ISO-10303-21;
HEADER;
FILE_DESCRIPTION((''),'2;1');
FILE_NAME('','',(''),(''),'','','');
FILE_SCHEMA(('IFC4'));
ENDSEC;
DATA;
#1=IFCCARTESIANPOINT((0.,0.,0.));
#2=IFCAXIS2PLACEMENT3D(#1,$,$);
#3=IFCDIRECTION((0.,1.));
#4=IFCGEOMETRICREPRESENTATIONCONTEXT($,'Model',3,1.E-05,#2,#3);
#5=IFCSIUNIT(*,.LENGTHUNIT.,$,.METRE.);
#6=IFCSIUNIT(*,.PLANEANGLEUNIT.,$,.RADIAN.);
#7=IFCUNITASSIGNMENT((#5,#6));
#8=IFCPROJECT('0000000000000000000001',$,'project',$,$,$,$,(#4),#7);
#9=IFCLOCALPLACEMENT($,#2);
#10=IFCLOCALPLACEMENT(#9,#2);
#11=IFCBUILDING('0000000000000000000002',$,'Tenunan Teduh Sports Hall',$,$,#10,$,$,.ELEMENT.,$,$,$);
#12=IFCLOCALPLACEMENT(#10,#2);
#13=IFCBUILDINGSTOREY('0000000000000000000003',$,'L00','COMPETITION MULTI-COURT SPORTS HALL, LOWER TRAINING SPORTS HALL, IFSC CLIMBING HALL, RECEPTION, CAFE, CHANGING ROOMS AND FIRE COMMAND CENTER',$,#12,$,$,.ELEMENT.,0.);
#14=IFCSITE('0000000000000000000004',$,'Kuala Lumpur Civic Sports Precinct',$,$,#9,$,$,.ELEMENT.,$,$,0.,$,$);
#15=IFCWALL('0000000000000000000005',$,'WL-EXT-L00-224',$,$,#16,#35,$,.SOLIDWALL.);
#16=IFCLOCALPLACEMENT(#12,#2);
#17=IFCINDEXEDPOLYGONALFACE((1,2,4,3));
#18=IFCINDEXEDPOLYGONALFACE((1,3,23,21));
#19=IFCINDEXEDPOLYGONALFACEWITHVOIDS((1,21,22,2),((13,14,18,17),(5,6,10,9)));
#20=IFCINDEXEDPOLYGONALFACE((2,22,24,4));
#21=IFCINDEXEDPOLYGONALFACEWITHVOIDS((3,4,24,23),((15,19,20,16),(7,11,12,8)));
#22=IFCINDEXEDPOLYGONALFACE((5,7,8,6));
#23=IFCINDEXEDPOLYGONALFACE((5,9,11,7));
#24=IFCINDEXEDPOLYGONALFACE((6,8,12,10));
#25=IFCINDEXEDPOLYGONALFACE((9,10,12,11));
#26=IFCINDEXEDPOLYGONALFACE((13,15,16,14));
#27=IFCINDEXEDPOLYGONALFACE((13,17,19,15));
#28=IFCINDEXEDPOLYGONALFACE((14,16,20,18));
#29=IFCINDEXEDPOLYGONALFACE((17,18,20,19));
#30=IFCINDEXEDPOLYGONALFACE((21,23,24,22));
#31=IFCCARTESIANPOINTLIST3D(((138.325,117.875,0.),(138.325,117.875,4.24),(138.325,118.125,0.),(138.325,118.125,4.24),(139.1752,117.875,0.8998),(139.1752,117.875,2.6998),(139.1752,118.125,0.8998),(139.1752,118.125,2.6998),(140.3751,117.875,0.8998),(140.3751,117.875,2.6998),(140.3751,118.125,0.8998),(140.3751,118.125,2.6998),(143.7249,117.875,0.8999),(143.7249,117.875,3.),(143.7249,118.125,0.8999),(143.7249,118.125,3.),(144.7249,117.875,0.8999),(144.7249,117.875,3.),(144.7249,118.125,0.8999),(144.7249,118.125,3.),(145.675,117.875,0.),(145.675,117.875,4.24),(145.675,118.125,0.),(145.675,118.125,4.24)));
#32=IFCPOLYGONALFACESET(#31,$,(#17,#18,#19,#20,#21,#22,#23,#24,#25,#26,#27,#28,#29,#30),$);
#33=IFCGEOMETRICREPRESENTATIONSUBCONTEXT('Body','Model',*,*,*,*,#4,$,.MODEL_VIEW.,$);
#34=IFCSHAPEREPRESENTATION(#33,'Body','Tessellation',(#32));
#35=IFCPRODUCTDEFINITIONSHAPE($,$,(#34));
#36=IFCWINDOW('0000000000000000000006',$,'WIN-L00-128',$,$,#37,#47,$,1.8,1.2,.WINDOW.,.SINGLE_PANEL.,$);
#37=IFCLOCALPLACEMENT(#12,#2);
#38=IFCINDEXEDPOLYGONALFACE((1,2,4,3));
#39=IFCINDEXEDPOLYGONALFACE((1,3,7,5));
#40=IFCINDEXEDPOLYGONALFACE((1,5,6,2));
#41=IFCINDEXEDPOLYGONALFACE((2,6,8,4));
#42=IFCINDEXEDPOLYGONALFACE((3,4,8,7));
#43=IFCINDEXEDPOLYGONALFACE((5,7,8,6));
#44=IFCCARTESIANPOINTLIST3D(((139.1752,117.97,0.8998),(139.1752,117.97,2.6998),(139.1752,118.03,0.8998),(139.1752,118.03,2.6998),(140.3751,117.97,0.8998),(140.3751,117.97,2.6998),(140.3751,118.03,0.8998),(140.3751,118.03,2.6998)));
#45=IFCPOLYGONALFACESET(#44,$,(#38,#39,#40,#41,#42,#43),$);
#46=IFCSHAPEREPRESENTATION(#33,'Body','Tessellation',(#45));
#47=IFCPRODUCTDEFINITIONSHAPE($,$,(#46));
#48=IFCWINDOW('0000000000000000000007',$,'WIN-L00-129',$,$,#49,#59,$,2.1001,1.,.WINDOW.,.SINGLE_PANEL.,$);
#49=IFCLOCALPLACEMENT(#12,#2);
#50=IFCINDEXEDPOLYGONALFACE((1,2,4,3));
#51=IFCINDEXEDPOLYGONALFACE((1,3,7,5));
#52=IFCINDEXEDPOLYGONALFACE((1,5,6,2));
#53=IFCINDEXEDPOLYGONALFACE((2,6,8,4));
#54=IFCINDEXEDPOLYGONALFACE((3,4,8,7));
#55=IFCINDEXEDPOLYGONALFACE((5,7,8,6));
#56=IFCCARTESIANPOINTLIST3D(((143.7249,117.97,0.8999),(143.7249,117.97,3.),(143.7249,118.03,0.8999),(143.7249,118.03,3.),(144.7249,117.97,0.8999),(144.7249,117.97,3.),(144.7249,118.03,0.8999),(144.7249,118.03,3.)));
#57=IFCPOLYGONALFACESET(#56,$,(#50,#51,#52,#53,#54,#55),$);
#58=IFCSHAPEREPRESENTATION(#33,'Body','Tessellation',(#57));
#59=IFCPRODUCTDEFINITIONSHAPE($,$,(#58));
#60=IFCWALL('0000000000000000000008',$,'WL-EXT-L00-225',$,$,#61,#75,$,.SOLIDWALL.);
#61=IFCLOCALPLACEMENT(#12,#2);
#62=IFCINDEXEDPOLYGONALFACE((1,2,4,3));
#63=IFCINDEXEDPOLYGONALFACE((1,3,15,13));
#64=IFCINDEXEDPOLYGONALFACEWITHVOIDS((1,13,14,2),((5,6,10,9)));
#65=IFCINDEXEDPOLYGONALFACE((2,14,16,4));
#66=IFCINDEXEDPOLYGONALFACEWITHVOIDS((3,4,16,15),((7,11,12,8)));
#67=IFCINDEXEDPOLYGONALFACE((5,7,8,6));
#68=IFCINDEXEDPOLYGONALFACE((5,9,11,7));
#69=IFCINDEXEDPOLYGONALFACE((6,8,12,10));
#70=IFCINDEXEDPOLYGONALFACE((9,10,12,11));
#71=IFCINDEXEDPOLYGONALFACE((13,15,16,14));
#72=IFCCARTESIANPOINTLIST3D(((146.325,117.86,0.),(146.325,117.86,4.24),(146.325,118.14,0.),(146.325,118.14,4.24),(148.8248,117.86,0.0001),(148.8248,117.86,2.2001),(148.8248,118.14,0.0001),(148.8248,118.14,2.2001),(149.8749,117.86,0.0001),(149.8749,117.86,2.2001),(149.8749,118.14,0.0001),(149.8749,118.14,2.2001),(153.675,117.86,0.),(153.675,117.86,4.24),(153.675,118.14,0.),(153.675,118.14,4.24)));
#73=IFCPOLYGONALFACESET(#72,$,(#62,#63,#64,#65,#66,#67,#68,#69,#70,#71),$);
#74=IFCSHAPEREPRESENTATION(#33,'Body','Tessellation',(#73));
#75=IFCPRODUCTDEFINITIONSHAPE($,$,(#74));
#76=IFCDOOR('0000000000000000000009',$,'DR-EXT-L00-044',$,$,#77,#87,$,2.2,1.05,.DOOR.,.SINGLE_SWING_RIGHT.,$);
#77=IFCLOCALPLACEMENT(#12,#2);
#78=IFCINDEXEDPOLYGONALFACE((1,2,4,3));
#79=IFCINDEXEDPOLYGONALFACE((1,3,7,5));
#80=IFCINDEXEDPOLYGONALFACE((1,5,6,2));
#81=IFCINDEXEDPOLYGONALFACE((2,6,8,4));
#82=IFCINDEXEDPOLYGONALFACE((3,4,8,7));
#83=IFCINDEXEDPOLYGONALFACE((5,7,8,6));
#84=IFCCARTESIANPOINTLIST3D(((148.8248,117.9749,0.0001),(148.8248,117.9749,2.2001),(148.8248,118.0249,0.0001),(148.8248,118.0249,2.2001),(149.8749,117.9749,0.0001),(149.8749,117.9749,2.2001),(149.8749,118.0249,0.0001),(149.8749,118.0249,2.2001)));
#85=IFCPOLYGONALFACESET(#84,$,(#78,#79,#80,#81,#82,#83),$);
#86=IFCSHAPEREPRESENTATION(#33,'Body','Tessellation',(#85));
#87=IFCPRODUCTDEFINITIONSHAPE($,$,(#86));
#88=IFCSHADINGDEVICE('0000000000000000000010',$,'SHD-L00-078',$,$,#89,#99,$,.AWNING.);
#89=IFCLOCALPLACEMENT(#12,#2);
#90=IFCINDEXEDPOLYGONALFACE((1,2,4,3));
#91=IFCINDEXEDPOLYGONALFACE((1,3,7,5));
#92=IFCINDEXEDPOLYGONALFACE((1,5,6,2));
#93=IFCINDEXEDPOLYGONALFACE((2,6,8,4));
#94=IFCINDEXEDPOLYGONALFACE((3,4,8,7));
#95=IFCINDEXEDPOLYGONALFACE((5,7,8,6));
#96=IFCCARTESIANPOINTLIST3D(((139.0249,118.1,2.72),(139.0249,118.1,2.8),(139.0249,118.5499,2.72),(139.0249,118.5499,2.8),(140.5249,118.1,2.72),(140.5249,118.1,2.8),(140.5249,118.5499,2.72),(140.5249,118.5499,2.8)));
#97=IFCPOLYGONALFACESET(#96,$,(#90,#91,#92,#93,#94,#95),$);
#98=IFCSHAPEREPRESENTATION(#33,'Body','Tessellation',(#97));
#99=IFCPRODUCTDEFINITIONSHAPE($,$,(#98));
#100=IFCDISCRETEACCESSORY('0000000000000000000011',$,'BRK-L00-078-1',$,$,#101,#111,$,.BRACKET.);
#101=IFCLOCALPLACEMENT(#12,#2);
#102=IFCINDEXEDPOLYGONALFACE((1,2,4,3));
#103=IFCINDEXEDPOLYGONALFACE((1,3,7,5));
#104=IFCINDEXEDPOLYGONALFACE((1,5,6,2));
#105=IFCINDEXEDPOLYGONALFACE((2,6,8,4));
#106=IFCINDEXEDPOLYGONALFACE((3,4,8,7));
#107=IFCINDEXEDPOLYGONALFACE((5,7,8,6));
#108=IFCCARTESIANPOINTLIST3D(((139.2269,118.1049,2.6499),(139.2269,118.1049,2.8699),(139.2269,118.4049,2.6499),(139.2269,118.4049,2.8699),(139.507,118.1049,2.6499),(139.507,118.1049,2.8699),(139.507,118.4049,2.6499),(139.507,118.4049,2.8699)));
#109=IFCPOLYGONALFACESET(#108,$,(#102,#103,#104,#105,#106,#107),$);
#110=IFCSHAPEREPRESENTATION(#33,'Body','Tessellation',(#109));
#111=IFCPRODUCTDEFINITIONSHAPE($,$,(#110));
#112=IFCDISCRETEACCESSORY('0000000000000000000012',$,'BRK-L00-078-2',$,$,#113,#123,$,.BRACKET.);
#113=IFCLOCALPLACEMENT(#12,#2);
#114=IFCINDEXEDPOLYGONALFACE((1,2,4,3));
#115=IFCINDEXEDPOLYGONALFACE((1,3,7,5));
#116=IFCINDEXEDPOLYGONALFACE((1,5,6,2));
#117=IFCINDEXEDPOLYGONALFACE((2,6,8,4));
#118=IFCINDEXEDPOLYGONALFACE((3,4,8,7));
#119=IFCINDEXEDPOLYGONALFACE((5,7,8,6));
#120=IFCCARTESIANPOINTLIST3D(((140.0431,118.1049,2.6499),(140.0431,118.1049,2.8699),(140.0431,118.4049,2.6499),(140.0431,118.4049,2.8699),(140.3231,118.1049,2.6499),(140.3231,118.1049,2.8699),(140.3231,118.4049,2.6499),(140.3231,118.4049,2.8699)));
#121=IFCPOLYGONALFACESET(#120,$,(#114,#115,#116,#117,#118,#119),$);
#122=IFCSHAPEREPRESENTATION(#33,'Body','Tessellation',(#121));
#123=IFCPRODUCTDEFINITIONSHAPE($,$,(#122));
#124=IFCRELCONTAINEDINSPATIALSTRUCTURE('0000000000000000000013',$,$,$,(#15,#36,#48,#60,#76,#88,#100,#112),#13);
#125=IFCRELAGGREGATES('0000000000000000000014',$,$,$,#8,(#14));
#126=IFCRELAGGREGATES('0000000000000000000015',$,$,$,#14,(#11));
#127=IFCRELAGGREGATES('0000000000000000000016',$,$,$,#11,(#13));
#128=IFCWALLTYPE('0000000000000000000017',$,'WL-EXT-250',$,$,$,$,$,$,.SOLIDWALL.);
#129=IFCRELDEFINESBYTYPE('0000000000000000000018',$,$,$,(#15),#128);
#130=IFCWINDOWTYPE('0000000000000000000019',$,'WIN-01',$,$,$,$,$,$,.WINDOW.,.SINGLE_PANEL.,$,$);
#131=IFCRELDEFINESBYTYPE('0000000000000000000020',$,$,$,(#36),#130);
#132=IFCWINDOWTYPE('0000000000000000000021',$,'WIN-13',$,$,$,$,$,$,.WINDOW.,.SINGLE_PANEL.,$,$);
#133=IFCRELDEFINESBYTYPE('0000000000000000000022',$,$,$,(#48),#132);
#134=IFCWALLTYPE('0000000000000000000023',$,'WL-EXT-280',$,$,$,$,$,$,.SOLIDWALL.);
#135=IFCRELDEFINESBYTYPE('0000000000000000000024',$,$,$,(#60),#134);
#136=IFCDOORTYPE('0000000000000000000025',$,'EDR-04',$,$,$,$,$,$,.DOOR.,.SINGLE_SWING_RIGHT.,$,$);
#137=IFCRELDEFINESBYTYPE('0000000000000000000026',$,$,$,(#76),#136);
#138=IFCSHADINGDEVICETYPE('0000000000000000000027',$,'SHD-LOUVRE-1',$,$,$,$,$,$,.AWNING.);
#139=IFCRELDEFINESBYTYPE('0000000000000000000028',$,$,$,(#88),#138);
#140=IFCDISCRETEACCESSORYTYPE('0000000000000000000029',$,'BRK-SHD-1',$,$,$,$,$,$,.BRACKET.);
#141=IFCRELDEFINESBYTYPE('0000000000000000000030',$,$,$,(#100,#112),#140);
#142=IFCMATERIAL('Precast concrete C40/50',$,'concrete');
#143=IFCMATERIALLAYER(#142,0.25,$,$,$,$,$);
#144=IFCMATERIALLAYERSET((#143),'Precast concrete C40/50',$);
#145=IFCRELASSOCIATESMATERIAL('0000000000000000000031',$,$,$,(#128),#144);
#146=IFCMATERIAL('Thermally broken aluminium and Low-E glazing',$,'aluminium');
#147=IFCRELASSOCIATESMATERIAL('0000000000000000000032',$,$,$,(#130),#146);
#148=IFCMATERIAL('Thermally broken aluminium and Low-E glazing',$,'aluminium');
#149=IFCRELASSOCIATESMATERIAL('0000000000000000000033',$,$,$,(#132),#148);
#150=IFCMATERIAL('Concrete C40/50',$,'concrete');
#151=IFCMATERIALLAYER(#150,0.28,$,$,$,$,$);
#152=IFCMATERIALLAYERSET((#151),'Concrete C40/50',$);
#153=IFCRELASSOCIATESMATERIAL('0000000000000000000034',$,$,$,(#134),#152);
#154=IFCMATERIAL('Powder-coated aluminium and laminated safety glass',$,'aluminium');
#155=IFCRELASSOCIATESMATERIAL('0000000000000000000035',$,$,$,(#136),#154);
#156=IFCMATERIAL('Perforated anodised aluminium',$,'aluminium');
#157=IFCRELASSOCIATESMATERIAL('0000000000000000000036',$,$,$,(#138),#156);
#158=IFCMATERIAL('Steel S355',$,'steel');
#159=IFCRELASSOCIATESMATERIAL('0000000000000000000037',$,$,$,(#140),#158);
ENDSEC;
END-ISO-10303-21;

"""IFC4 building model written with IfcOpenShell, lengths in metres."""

from ifc_helpers import new_model, si_unit, direction, frame, frame_2d, origin, origin_2d, place, context, subcontext, project, spatial, rectangle, extrude, material, layer, layer_set, type_object, element, fill, save


model = new_model("IFC4")

# Units and contexts
model_context = context("Model", 3, precision=1e-05, world=origin(), true_north=direction((0.0, 1.0)))
body_context = subcontext(model_context, "Body", "Model", "MODEL_VIEW")
ifc_project = project(units=[si_unit("LENGTHUNIT", "METRE"), si_unit("PLANEANGLEUNIT", "RADIAN")], contexts=[model_context])

# Site, building, storey
site_placement = place(None, origin())
site = spatial("IfcSite", under=ifc_project, at=site_placement, Name="Kuala Lumpur Civic Sports Precinct", CompositionType="ELEMENT", RefElevation=0.0)
building_placement = place(site_placement, origin())
building = spatial("IfcBuilding", under=site, at=building_placement, Name="Tenunan Teduh Sports Hall", CompositionType="ELEMENT")
storey_placement = place(building_placement, origin())
storey = spatial("IfcBuildingStorey", under=building, at=storey_placement, Name="L00", Description="COMPETITION MULTI-COURT SPORTS HALL, LOWER TRAINING SPORTS HALL, IFSC CLIMBING HALL, RECEPTION, CAFE, CHANGING ROOMS AND FIRE COMMAND CENTER", CompositionType="ELEMENT", Elevation=0.0)

# Wall, openings, windows
ifc_material_1 = material(Name="Precast concrete C40/50", Category="concrete")
ifc_layer_1 = layer(ifc_material_1, 0.25)
ifc_layer_set_1 = layer_set([ifc_layer_1], Name="Precast concrete C40/50")
wall_type_1 = type_object("IfcWallType", Name="WL-EXT-250", PredefinedType="SOLIDWALL", material=ifc_layer_set_1)
wall_1_placement = place(storey_placement, frame((138.325, 118.0, 0.0), z_axis=(0.0, 0.0, 1.0), x_axis=(1.0, 0.0, 0.0)))
wall_1 = element("IfcWall", 1, at=wall_1_placement, inside=storey, type_object=wall_type_1, Name="WL-EXT-L00-224", PredefinedType="SOLIDWALL", context=body_context, shape_type="SweptSolid", body=[
    extrude(rectangle(XDim=7.3501, YDim=0.25, at=frame_2d((3.675, 0.0))), origin(), (0.0, 0.0, 1.0), 4.24),
])
opening_1_placement = place(wall_1_placement, frame((0.8501, 0.0, 0.8999)))
opening_1 = element("IfcOpeningElement", 2, at=opening_1_placement, cuts=wall_1, PredefinedType="OPENING", context=body_context, shape_type="SweptSolid", body=[
    extrude(rectangle(XDim=1.2, YDim=1.8, at=frame_2d((0.6001, 0.8999))), frame((0.0, 0.135, 0.0), z_axis=(0.0, -1.0, 0.0), x_axis=(1.0, 0.0, 0.0)), (0.0, 0.0, 1.0), 0.27),
])
opening_2_placement = place(wall_1_placement, frame((5.3999, 0.0, 0.8999)))
opening_2 = element("IfcOpeningElement", 3, at=opening_2_placement, cuts=wall_1, PredefinedType="OPENING", context=body_context, shape_type="SweptSolid", body=[
    extrude(rectangle(XDim=1.0, YDim=2.1001, at=frame_2d((0.5, 1.05))), frame((0.0, 0.135, 0.0), z_axis=(0.0, -1.0, 0.0), x_axis=(1.0, 0.0, 0.0)), (0.0, 0.0, 1.0), 0.27),
])
ifc_material_2 = material(Name="Thermally broken aluminium and Low-E glazing", Category="aluminium")
window_type_1 = type_object("IfcWindowType", Name="WIN-01", PartitioningType="SINGLE_PANEL", PredefinedType="WINDOW", material=ifc_material_2)
window_1_placement = place(opening_1_placement, origin())
window_1 = element("IfcWindow", 4, at=window_1_placement, inside=storey, type_object=window_type_1, Name="WIN-L00-128", OverallHeight=1.8, OverallWidth=1.2, PartitioningType="SINGLE_PANEL", PredefinedType="WINDOW", context=body_context, shape_type="SweptSolid", body=[
    extrude(rectangle(XDim=1.2, YDim=1.8, at=frame_2d((0.6001, 0.8999))), frame((0.0, 0.03, 0.0), z_axis=(0.0, -1.0, 0.0), x_axis=(1.0, 0.0, 0.0)), (0.0, 0.0, 1.0), 0.0601),
])
fill(opening_1, window_1)
ifc_material_3 = material(Name="Thermally broken aluminium and Low-E glazing", Category="aluminium")
window_type_2 = type_object("IfcWindowType", Name="WIN-13", PartitioningType="SINGLE_PANEL", PredefinedType="WINDOW", material=ifc_material_3)
window_2_placement = place(opening_2_placement, origin())
window_2 = element("IfcWindow", 5, at=window_2_placement, inside=storey, type_object=window_type_2, Name="WIN-L00-129", OverallHeight=2.1001, OverallWidth=1.0, PartitioningType="SINGLE_PANEL", PredefinedType="WINDOW", context=body_context, shape_type="SweptSolid", body=[
    extrude(rectangle(XDim=1.0, YDim=2.1001, at=frame_2d((0.5, 1.05))), frame((0.0, 0.03, 0.0), z_axis=(0.0, -1.0, 0.0), x_axis=(1.0, 0.0, 0.0)), (0.0, 0.0, 1.0), 0.0601),
])
fill(opening_2, window_2)

# Wall, opening, door
ifc_material_4 = material(Name="Concrete C40/50", Category="concrete")
ifc_layer_2 = layer(ifc_material_4, 0.28)
ifc_layer_set_2 = layer_set([ifc_layer_2], Name="Concrete C40/50")
wall_type_2 = type_object("IfcWallType", Name="WL-EXT-280", PredefinedType="SOLIDWALL", material=ifc_layer_set_2)
wall_2_placement = place(storey_placement, frame((146.325, 118.0, 0.0), z_axis=(0.0, 0.0, 1.0), x_axis=(1.0, 0.0, 0.0)))
wall_2 = element("IfcWall", 6, at=wall_2_placement, inside=storey, type_object=wall_type_2, Name="WL-EXT-L00-225", PredefinedType="SOLIDWALL", context=body_context, shape_type="SweptSolid", body=[
    extrude(rectangle(XDim=7.3501, YDim=0.28, at=frame_2d((3.675, 0.0))), origin(), (0.0, 0.0, 1.0), 4.24),
])
opening_3_placement = place(wall_2_placement, frame((2.5, 0.0, 0.0)))
opening_3 = element("IfcOpeningElement", 7, at=opening_3_placement, cuts=wall_2, PredefinedType="OPENING", context=body_context, shape_type="SweptSolid", body=[
    extrude(rectangle(XDim=1.05, YDim=2.2, at=frame_2d((0.5249, 1.1001))), frame((0.0, 0.1499, 0.0), z_axis=(0.0, -1.0, 0.0), x_axis=(1.0, 0.0, 0.0)), (0.0, 0.0, 1.0), 0.3),
])
ifc_material_5 = material(Name="Powder-coated aluminium and laminated safety glass", Category="aluminium")
door_type = type_object("IfcDoorType", Name="EDR-04", OperationType="SINGLE_SWING_RIGHT", PredefinedType="DOOR", material=ifc_material_5)
door_placement = place(opening_3_placement, origin())
door = element("IfcDoor", 8, at=door_placement, inside=storey, type_object=door_type, Name="DR-EXT-L00-044", OperationType="SINGLE_SWING_RIGHT", OverallHeight=2.2, OverallWidth=1.05, PredefinedType="DOOR", context=body_context, shape_type="SweptSolid", body=[
    extrude(rectangle(XDim=1.05, YDim=2.2, at=frame_2d((0.5249, 1.1001))), frame((0.0, 0.0249, 0.0), z_axis=(0.0, -1.0, 0.0), x_axis=(1.0, 0.0, 0.0)), (0.0, 0.0, 1.0), 0.05),
])
fill(opening_3, door)

# Shading device
ifc_material_6 = material(Name="Perforated anodised aluminium", Category="aluminium")
shading_device_type = type_object("IfcShadingDeviceType", Name="SHD-LOUVRE-1", PredefinedType="AWNING", material=ifc_material_6)
shading_device_placement = place(storey_placement, frame((139.7749, 118.325, 2.72), z_axis=(0.0, 0.0, 1.0), x_axis=(1.0, 0.0, 0.0)))
element("IfcShadingDevice", 9, at=shading_device_placement, inside=storey, type_object=shading_device_type, Name="SHD-L00-078", PredefinedType="AWNING", context=body_context, shape_type="SweptSolid", body=[
    extrude(rectangle(XDim=1.5, YDim=0.45, at=origin_2d()), origin(), (0.0, 0.0, 1.0), 0.0801),
])

# Discrete accessories
ifc_material_7 = material(Name="Steel S355", Category="steel")
discrete_accessory_type = type_object("IfcDiscreteAccessoryType", Name="BRK-SHD-1", PredefinedType="BRACKET", material=ifc_material_7)
for number, where, z_axis, x_axis, name in (
    (10, (139.3669, 118.2549, 2.6499), (0.0, 0.0, 1.0), (1.0, 0.0, 0.0), "BRK-L00-078-1"),
    (11, (140.1831, 118.2549, 2.6499), (0.0, 0.0, 1.0), (1.0, 0.0, 0.0), "BRK-L00-078-2"),
):
    element("IfcDiscreteAccessory", number, at=place(storey_placement, frame(where, z_axis=z_axis, x_axis=x_axis)), inside=storey, type_object=discrete_accessory_type, Name=name, PredefinedType="BRACKET", context=body_context, shape_type="SweptSolid", body=[
        extrude(rectangle(XDim=0.28, YDim=0.3, at=origin_2d()), origin(), (0.0, 0.0, 1.0), 0.22),
    ])

save(model, "model.ifc")
